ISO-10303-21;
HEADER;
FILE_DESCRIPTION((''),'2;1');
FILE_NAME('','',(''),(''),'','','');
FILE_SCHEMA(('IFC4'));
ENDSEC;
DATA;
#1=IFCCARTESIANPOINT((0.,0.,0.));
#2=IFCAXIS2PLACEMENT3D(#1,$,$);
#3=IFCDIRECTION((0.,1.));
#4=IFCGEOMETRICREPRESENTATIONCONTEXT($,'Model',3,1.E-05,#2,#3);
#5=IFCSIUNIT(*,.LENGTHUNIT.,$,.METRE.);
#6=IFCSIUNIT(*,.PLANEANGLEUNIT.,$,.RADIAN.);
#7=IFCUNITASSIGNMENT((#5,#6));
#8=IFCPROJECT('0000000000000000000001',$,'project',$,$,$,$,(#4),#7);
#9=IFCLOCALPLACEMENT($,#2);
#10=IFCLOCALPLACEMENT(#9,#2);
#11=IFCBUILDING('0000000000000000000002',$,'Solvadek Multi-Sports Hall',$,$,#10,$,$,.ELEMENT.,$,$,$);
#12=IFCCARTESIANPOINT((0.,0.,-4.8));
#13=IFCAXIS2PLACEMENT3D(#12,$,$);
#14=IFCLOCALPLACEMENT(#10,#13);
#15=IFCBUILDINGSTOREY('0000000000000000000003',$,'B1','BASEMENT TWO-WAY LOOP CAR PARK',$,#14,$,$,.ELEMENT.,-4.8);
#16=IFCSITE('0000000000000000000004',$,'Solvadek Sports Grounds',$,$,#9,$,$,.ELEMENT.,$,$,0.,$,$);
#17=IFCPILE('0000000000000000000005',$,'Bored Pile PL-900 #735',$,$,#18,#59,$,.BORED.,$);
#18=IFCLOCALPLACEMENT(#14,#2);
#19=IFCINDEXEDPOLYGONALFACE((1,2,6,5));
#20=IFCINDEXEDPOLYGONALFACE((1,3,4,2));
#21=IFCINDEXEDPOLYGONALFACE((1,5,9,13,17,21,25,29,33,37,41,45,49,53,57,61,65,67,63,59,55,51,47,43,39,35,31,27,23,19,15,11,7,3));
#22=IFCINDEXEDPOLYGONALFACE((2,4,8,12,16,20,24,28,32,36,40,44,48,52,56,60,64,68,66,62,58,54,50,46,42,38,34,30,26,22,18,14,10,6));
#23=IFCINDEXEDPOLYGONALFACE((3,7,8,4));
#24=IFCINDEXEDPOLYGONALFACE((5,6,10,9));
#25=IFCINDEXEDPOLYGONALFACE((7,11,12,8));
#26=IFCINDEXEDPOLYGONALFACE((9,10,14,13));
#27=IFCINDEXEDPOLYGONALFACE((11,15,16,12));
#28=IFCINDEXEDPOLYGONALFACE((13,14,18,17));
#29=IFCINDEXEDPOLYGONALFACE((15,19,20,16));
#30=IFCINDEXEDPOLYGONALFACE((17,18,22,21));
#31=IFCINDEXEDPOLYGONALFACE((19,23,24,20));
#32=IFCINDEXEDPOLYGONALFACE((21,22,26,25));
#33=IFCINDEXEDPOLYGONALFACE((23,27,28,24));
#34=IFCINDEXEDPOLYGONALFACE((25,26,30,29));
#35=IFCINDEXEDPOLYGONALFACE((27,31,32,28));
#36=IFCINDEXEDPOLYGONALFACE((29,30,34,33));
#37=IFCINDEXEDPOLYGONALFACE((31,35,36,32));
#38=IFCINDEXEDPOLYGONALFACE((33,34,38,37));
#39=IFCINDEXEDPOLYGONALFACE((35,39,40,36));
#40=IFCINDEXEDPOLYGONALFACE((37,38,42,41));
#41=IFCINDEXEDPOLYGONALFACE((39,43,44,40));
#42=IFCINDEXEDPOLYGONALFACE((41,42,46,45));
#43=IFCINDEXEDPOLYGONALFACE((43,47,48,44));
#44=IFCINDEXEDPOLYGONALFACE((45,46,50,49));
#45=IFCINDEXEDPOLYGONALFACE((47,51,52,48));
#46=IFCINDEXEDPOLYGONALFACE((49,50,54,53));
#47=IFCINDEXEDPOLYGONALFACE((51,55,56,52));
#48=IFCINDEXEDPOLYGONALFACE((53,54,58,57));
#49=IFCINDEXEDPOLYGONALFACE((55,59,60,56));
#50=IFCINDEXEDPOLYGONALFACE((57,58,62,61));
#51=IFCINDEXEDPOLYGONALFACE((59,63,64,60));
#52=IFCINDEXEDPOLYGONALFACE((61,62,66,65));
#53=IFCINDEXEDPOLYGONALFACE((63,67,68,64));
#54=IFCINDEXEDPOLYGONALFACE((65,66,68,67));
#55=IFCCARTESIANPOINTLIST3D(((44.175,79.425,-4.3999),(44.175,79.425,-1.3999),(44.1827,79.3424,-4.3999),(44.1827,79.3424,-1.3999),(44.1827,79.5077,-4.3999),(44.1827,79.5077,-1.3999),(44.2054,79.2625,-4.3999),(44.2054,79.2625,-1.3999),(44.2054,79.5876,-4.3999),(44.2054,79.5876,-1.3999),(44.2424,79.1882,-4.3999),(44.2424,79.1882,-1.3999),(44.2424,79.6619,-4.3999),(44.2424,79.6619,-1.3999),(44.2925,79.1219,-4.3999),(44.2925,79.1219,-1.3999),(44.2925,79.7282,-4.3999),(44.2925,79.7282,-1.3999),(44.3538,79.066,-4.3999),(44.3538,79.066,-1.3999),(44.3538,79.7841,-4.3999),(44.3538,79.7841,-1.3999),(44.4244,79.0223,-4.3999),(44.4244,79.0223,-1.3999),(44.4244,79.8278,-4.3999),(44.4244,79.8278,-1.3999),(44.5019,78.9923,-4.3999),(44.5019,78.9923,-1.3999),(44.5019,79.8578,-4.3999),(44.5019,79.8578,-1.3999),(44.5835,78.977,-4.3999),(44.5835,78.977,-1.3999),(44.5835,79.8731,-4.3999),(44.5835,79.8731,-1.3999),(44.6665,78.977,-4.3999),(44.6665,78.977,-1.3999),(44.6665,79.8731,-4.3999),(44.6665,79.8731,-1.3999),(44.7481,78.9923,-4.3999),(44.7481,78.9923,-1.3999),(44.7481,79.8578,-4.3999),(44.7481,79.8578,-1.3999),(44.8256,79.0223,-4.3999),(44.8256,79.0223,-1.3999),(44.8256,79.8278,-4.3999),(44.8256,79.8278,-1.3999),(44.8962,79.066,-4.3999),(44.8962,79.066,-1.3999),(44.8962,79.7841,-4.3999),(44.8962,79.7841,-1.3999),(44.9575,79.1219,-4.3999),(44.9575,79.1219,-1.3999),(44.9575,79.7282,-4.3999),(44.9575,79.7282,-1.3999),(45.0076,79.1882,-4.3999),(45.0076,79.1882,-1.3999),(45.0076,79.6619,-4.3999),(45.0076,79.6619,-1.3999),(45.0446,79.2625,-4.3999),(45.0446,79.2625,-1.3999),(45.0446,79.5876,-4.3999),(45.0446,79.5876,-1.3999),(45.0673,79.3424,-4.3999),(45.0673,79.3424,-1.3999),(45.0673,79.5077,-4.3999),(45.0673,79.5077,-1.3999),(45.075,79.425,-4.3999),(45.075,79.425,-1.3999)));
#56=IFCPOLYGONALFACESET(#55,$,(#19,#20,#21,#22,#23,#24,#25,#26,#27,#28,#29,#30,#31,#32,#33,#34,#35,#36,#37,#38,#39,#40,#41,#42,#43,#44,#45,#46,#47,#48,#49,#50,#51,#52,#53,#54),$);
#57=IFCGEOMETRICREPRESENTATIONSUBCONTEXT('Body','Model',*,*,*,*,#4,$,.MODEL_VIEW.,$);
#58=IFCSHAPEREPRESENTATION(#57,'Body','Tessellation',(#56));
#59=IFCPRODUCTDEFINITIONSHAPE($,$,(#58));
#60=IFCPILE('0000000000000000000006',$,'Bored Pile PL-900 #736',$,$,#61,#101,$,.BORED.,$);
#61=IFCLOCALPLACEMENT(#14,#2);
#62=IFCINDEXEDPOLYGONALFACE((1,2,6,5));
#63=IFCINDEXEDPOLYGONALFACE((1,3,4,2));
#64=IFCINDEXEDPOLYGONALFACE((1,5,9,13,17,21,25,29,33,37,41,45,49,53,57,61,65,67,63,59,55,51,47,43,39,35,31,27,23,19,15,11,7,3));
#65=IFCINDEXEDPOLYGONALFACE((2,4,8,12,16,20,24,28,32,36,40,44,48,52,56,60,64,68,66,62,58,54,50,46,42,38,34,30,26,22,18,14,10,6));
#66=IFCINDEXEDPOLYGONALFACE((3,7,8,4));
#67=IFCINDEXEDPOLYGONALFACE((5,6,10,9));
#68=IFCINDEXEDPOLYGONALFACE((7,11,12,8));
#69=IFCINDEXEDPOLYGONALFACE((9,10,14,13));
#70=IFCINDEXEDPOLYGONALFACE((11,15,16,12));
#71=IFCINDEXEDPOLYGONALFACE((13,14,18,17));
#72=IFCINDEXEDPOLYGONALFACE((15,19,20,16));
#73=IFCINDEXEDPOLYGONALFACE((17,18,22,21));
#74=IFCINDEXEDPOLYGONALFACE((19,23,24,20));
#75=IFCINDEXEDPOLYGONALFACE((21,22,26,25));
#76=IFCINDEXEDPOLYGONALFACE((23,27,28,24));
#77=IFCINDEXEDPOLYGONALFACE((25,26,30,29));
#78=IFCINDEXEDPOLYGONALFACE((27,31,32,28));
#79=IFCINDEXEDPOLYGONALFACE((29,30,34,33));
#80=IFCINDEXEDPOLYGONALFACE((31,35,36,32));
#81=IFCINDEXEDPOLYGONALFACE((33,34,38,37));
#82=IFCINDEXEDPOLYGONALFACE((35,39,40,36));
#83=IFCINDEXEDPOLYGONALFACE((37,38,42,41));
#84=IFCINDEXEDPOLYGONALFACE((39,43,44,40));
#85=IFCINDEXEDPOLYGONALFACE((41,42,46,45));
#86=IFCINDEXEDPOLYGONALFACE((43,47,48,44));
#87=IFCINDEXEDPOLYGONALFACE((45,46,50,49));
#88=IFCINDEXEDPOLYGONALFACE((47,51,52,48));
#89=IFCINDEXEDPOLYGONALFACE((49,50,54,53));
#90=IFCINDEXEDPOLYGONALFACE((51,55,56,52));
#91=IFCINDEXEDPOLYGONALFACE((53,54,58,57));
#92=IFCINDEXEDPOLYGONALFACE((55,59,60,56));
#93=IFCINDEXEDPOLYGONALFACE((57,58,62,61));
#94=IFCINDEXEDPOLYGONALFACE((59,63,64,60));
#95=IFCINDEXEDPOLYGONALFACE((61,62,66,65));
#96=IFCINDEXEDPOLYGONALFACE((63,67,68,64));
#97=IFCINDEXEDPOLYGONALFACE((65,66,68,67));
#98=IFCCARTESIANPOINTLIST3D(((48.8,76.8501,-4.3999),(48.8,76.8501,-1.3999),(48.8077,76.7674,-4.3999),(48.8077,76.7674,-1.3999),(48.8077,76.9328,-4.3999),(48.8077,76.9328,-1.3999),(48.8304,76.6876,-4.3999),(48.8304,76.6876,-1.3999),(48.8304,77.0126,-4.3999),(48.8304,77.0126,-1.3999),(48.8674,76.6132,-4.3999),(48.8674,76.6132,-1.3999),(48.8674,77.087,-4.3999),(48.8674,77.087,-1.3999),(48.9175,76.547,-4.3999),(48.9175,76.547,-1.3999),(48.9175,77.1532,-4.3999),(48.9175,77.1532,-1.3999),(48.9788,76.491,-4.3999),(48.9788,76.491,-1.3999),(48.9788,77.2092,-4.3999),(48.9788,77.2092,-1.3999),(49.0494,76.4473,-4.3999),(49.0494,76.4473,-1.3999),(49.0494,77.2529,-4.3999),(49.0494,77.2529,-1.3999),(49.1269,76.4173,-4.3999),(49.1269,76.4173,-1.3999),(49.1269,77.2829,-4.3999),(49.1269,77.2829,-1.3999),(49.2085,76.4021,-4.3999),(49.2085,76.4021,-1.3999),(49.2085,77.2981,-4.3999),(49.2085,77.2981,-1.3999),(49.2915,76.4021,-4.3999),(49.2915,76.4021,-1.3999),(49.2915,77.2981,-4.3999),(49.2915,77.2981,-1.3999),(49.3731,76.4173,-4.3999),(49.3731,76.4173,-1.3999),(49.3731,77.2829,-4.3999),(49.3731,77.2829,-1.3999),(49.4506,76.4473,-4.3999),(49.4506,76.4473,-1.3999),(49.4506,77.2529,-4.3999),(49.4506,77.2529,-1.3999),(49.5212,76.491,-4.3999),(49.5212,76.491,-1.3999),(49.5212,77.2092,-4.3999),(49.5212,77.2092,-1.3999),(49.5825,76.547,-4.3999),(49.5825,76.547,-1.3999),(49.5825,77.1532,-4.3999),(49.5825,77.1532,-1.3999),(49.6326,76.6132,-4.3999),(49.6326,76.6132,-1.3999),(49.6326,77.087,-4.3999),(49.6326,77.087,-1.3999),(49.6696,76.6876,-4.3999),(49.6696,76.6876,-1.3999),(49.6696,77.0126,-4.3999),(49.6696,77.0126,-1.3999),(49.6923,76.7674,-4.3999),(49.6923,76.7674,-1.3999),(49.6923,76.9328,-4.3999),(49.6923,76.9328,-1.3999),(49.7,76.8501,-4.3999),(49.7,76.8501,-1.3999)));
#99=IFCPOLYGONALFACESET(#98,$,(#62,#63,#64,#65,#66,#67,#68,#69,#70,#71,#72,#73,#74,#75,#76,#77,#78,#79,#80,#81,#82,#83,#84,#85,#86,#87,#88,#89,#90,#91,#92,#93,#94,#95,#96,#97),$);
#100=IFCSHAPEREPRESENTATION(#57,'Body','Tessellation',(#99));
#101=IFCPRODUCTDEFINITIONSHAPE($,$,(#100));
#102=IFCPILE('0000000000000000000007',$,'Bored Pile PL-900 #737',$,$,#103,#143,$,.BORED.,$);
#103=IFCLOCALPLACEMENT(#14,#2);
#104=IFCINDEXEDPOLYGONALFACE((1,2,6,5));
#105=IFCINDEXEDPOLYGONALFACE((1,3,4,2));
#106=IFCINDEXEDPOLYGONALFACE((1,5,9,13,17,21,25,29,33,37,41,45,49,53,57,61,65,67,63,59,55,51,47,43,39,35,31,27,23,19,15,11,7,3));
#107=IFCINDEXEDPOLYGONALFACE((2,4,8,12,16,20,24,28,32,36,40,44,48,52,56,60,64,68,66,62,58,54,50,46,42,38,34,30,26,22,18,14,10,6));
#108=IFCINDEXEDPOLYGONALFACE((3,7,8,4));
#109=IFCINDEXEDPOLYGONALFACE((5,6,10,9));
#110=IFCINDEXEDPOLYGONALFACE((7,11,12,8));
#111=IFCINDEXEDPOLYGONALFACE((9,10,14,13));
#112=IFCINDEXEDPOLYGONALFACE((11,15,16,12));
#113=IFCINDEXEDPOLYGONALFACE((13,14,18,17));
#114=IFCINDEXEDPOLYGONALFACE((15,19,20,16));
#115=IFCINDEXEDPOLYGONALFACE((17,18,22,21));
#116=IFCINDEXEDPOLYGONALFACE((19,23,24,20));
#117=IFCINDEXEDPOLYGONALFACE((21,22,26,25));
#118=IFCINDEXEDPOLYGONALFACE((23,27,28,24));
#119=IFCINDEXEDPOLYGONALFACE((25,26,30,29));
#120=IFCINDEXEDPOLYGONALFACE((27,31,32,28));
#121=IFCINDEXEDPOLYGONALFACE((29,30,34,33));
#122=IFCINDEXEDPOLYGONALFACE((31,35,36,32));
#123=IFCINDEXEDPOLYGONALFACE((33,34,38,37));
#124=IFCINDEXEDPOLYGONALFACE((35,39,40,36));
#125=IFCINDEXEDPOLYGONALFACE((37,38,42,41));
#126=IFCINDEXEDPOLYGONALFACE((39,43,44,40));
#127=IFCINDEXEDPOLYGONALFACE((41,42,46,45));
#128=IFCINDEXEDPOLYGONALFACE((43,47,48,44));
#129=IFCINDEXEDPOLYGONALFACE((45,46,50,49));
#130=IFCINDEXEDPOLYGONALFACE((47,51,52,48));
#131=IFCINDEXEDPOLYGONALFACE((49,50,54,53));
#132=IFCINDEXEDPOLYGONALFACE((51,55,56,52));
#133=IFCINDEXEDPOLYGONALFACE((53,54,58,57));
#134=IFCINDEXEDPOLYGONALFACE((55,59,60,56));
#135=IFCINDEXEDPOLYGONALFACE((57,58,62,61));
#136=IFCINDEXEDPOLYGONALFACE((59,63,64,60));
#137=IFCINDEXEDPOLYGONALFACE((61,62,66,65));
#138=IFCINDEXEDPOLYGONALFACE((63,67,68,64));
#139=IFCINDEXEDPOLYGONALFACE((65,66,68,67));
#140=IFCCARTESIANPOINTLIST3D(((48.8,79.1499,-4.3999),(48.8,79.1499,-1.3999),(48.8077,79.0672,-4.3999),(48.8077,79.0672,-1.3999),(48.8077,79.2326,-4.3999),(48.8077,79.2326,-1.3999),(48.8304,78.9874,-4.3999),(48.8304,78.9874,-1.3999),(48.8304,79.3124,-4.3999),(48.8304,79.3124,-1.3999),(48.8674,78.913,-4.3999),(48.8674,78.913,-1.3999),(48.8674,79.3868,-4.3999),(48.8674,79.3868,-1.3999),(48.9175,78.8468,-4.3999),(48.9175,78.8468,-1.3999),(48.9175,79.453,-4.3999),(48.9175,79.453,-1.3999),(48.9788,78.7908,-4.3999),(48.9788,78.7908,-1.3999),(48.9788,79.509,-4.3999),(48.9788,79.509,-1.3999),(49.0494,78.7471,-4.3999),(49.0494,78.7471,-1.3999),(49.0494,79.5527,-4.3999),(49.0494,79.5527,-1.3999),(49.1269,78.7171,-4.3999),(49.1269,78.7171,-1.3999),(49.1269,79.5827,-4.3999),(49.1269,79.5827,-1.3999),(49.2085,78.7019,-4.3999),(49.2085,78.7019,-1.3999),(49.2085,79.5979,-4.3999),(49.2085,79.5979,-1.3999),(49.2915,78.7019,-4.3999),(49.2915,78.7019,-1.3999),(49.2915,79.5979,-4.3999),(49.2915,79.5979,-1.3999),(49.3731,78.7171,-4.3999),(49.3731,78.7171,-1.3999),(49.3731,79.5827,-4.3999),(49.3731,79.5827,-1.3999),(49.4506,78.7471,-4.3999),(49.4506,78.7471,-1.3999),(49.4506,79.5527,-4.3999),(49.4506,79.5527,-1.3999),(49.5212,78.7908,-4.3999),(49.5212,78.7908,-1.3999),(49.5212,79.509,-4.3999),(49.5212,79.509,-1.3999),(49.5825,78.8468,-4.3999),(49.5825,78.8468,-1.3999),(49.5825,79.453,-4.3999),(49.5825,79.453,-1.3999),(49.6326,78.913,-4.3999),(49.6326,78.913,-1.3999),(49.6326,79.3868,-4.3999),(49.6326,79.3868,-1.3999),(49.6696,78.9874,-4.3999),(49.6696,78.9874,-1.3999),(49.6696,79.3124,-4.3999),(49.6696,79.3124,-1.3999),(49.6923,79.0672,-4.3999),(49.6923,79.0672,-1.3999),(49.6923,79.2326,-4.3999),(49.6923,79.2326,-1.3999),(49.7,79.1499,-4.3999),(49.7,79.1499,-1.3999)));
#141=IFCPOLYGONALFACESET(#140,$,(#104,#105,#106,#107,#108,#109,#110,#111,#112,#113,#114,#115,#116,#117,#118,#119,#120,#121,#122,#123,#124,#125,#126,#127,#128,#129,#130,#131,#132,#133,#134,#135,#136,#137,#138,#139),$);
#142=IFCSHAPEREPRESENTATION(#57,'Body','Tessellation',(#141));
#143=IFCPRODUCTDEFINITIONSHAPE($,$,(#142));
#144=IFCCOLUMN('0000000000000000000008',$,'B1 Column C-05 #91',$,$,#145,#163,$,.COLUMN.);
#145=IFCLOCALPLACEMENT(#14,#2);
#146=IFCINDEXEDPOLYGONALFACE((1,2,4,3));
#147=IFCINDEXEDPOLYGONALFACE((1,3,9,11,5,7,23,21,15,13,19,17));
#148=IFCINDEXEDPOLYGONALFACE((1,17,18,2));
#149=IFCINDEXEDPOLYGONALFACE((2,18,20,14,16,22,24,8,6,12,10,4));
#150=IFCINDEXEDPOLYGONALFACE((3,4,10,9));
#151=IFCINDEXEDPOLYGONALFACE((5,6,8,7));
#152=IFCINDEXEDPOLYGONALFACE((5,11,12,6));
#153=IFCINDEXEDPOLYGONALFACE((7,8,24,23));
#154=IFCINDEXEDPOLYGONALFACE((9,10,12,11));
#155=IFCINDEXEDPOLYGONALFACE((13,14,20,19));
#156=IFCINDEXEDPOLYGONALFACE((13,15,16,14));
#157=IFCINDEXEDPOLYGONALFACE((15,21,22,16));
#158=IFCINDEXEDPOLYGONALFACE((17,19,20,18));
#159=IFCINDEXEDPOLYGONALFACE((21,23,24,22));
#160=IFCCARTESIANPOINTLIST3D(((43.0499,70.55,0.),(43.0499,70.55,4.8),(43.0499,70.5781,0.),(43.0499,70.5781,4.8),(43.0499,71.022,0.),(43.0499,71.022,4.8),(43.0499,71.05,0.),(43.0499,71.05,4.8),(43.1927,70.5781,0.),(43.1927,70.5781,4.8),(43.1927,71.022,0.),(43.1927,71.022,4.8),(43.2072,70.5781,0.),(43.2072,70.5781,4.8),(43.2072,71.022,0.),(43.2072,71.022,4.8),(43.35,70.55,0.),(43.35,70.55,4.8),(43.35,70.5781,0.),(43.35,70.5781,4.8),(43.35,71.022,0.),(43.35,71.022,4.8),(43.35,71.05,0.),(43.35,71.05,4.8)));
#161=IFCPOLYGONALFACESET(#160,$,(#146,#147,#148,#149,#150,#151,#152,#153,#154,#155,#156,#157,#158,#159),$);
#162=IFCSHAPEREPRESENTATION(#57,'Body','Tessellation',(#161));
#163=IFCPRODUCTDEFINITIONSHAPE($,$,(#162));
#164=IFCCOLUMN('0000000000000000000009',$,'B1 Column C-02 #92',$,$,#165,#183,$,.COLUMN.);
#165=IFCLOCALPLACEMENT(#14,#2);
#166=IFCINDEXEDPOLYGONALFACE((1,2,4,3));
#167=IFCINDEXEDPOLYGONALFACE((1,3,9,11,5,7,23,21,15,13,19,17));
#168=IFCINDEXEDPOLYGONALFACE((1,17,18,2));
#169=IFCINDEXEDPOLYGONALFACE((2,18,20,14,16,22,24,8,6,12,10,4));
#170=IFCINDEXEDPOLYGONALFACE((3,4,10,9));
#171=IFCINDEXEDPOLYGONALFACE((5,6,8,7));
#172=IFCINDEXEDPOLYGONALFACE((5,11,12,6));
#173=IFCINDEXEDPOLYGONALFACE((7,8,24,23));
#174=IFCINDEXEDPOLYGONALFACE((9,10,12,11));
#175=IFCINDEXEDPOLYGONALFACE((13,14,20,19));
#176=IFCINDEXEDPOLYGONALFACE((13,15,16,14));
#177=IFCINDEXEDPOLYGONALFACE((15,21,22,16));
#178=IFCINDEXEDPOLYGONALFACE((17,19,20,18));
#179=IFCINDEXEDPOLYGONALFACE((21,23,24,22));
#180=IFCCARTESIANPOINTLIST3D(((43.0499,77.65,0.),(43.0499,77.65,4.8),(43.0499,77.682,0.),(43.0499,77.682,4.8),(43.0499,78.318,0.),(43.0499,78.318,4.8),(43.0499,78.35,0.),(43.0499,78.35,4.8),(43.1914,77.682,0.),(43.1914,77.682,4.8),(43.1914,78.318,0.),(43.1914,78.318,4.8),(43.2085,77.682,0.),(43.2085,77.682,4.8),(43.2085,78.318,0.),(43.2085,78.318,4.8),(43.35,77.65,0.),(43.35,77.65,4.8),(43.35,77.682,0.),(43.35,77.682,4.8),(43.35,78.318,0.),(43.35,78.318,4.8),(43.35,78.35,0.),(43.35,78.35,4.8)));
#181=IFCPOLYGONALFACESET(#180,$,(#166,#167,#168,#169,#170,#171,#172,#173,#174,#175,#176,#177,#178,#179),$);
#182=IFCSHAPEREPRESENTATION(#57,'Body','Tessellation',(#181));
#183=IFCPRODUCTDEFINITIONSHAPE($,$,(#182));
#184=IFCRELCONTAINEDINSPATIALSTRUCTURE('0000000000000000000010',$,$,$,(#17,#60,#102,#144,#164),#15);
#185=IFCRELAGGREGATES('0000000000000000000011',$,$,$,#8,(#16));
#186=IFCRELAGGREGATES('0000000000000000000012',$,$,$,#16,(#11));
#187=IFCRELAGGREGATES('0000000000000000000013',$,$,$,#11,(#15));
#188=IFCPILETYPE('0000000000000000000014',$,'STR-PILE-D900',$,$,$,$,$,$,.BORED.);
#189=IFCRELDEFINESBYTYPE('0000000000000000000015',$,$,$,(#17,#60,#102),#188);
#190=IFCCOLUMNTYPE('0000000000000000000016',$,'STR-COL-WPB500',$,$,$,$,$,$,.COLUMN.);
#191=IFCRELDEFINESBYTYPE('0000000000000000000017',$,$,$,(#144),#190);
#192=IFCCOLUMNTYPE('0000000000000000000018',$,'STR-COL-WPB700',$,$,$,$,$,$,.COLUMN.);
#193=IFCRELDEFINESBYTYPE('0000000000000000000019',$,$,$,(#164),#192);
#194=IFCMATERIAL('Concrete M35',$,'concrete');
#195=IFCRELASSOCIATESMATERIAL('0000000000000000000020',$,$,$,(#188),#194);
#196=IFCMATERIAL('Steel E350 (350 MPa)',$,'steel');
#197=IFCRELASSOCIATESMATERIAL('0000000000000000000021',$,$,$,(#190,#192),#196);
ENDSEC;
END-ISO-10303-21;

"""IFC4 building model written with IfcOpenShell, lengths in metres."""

from ifc_helpers import new_model, si_unit, direction, frame, origin, origin_2d, place, context, subcontext, project, spatial, circle, i_section, extrude, material, material_profile, profile_set, type_object, element, save


model = new_model("IFC4")

# Units and contexts
model_context = context("Model", 3, precision=1e-05, world=origin(), true_north=direction((0.0, 1.0)))
body_context = subcontext(model_context, "Body", "Model", "MODEL_VIEW")
ifc_project = project(units=[si_unit("LENGTHUNIT", "METRE"), si_unit("PLANEANGLEUNIT", "RADIAN")], contexts=[model_context])

# Site, building, storey
site_placement = place(None, origin())
site = spatial("IfcSite", under=ifc_project, at=site_placement, Name="Solvadek Sports Grounds", CompositionType="ELEMENT", RefElevation=0.0)
building_placement = place(site_placement, origin())
building = spatial("IfcBuilding", under=site, at=building_placement, Name="Solvadek Multi-Sports Hall", CompositionType="ELEMENT")
storey_placement = place(building_placement, frame((0.0, 0.0, -4.8)))
storey = spatial("IfcBuildingStorey", under=building, at=storey_placement, Name="B1", Description="BASEMENT TWO-WAY LOOP CAR PARK", CompositionType="ELEMENT", Elevation=-4.8)

# Piles
ifc_material_1 = material(Name="Concrete M35", Category="concrete")
ifc_material_profile_1 = material_profile(ifc_material_1, circle(Radius=0.45, at=origin_2d()), Name="BORED PILE D900")
ifc_profile_set_1 = profile_set([ifc_material_profile_1], Name="Concrete M35")
pile_type_1 = type_object("IfcPileType", Name="STR-PILE-D900", PredefinedType="BORED", material=ifc_profile_set_1)
for number, where, z_axis, x_axis, name in (
    (1, (44.625, 79.425, -1.3999), (0.0, 0.0, -1.0), (1.0, 0.0, 0.0), "Bored Pile PL-900 #735"),
    (2, (49.25, 76.8501, -1.3999), (0.0, 0.0, -1.0), (1.0, 0.0, 0.0), "Bored Pile PL-900 #736"),
    (3, (49.25, 79.1499, -1.3999), (0.0, 0.0, -1.0), (1.0, 0.0, 0.0), "Bored Pile PL-900 #737"),
):
    element("IfcPile", number, at=place(storey_placement, frame(where, z_axis=z_axis, x_axis=x_axis)), inside=storey, type_object=pile_type_1, Name=name, PredefinedType="BORED", context=body_context, shape_type="SweptSolid", body=[
        extrude(circle(Radius=0.45, at=origin_2d()), origin(), (0.0, 0.0, 1.0), 3.0),
    ])

# Columns
ifc_material_2 = material(Name="Steel E350 (350 MPa)", Category="steel")
ifc_material_profile_2 = material_profile(ifc_material_2, i_section(OverallWidth=0.3, OverallDepth=0.5, WebThickness=0.0144, FlangeThickness=0.0281, at=origin_2d()), Name="WPB 500")
ifc_profile_set_2 = profile_set([ifc_material_profile_2], Name="Steel E350 (350 MPa)")
column_type_1 = type_object("IfcColumnType", Name="STR-COL-WPB500", PredefinedType="COLUMN", material=ifc_profile_set_2)
column_1_placement = place(storey_placement, frame((43.2, 70.8, 0.0), z_axis=(0.0, 0.0, 1.0), x_axis=(1.0, 0.0, 0.0)))
element("IfcColumn", 4, at=column_1_placement, inside=storey, type_object=column_type_1, Name="B1 Column C-05 #91", PredefinedType="COLUMN", context=body_context, shape_type="SweptSolid", body=[
    extrude(i_section(OverallWidth=0.3, OverallDepth=0.5, WebThickness=0.0144, FlangeThickness=0.0281, at=origin_2d()), origin(), (0.0, 0.0, 1.0), 4.8),
])
ifc_material_profile_3 = material_profile(ifc_material_2, i_section(OverallWidth=0.3, OverallDepth=0.7, WebThickness=0.0171, FlangeThickness=0.032, at=origin_2d()), Name="WPB 700")
ifc_profile_set_3 = profile_set([ifc_material_profile_3], Name="Steel E350 (350 MPa)")
column_type_2 = type_object("IfcColumnType", Name="STR-COL-WPB700", PredefinedType="COLUMN", material=ifc_profile_set_3)
column_2_placement = place(storey_placement, frame((43.2, 78.0, 0.0), z_axis=(0.0, 0.0, 1.0), x_axis=(1.0, 0.0, 0.0)))
element("IfcColumn", 5, at=column_2_placement, inside=storey, type_object=column_type_2, Name="B1 Column C-02 #92", PredefinedType="COLUMN", context=body_context, shape_type="SweptSolid", body=[
    extrude(i_section(OverallWidth=0.3, OverallDepth=0.7, WebThickness=0.0171, FlangeThickness=0.032, at=origin_2d()), origin(), (0.0, 0.0, 1.0), 4.8),
])

save(model, "model.ifc")
